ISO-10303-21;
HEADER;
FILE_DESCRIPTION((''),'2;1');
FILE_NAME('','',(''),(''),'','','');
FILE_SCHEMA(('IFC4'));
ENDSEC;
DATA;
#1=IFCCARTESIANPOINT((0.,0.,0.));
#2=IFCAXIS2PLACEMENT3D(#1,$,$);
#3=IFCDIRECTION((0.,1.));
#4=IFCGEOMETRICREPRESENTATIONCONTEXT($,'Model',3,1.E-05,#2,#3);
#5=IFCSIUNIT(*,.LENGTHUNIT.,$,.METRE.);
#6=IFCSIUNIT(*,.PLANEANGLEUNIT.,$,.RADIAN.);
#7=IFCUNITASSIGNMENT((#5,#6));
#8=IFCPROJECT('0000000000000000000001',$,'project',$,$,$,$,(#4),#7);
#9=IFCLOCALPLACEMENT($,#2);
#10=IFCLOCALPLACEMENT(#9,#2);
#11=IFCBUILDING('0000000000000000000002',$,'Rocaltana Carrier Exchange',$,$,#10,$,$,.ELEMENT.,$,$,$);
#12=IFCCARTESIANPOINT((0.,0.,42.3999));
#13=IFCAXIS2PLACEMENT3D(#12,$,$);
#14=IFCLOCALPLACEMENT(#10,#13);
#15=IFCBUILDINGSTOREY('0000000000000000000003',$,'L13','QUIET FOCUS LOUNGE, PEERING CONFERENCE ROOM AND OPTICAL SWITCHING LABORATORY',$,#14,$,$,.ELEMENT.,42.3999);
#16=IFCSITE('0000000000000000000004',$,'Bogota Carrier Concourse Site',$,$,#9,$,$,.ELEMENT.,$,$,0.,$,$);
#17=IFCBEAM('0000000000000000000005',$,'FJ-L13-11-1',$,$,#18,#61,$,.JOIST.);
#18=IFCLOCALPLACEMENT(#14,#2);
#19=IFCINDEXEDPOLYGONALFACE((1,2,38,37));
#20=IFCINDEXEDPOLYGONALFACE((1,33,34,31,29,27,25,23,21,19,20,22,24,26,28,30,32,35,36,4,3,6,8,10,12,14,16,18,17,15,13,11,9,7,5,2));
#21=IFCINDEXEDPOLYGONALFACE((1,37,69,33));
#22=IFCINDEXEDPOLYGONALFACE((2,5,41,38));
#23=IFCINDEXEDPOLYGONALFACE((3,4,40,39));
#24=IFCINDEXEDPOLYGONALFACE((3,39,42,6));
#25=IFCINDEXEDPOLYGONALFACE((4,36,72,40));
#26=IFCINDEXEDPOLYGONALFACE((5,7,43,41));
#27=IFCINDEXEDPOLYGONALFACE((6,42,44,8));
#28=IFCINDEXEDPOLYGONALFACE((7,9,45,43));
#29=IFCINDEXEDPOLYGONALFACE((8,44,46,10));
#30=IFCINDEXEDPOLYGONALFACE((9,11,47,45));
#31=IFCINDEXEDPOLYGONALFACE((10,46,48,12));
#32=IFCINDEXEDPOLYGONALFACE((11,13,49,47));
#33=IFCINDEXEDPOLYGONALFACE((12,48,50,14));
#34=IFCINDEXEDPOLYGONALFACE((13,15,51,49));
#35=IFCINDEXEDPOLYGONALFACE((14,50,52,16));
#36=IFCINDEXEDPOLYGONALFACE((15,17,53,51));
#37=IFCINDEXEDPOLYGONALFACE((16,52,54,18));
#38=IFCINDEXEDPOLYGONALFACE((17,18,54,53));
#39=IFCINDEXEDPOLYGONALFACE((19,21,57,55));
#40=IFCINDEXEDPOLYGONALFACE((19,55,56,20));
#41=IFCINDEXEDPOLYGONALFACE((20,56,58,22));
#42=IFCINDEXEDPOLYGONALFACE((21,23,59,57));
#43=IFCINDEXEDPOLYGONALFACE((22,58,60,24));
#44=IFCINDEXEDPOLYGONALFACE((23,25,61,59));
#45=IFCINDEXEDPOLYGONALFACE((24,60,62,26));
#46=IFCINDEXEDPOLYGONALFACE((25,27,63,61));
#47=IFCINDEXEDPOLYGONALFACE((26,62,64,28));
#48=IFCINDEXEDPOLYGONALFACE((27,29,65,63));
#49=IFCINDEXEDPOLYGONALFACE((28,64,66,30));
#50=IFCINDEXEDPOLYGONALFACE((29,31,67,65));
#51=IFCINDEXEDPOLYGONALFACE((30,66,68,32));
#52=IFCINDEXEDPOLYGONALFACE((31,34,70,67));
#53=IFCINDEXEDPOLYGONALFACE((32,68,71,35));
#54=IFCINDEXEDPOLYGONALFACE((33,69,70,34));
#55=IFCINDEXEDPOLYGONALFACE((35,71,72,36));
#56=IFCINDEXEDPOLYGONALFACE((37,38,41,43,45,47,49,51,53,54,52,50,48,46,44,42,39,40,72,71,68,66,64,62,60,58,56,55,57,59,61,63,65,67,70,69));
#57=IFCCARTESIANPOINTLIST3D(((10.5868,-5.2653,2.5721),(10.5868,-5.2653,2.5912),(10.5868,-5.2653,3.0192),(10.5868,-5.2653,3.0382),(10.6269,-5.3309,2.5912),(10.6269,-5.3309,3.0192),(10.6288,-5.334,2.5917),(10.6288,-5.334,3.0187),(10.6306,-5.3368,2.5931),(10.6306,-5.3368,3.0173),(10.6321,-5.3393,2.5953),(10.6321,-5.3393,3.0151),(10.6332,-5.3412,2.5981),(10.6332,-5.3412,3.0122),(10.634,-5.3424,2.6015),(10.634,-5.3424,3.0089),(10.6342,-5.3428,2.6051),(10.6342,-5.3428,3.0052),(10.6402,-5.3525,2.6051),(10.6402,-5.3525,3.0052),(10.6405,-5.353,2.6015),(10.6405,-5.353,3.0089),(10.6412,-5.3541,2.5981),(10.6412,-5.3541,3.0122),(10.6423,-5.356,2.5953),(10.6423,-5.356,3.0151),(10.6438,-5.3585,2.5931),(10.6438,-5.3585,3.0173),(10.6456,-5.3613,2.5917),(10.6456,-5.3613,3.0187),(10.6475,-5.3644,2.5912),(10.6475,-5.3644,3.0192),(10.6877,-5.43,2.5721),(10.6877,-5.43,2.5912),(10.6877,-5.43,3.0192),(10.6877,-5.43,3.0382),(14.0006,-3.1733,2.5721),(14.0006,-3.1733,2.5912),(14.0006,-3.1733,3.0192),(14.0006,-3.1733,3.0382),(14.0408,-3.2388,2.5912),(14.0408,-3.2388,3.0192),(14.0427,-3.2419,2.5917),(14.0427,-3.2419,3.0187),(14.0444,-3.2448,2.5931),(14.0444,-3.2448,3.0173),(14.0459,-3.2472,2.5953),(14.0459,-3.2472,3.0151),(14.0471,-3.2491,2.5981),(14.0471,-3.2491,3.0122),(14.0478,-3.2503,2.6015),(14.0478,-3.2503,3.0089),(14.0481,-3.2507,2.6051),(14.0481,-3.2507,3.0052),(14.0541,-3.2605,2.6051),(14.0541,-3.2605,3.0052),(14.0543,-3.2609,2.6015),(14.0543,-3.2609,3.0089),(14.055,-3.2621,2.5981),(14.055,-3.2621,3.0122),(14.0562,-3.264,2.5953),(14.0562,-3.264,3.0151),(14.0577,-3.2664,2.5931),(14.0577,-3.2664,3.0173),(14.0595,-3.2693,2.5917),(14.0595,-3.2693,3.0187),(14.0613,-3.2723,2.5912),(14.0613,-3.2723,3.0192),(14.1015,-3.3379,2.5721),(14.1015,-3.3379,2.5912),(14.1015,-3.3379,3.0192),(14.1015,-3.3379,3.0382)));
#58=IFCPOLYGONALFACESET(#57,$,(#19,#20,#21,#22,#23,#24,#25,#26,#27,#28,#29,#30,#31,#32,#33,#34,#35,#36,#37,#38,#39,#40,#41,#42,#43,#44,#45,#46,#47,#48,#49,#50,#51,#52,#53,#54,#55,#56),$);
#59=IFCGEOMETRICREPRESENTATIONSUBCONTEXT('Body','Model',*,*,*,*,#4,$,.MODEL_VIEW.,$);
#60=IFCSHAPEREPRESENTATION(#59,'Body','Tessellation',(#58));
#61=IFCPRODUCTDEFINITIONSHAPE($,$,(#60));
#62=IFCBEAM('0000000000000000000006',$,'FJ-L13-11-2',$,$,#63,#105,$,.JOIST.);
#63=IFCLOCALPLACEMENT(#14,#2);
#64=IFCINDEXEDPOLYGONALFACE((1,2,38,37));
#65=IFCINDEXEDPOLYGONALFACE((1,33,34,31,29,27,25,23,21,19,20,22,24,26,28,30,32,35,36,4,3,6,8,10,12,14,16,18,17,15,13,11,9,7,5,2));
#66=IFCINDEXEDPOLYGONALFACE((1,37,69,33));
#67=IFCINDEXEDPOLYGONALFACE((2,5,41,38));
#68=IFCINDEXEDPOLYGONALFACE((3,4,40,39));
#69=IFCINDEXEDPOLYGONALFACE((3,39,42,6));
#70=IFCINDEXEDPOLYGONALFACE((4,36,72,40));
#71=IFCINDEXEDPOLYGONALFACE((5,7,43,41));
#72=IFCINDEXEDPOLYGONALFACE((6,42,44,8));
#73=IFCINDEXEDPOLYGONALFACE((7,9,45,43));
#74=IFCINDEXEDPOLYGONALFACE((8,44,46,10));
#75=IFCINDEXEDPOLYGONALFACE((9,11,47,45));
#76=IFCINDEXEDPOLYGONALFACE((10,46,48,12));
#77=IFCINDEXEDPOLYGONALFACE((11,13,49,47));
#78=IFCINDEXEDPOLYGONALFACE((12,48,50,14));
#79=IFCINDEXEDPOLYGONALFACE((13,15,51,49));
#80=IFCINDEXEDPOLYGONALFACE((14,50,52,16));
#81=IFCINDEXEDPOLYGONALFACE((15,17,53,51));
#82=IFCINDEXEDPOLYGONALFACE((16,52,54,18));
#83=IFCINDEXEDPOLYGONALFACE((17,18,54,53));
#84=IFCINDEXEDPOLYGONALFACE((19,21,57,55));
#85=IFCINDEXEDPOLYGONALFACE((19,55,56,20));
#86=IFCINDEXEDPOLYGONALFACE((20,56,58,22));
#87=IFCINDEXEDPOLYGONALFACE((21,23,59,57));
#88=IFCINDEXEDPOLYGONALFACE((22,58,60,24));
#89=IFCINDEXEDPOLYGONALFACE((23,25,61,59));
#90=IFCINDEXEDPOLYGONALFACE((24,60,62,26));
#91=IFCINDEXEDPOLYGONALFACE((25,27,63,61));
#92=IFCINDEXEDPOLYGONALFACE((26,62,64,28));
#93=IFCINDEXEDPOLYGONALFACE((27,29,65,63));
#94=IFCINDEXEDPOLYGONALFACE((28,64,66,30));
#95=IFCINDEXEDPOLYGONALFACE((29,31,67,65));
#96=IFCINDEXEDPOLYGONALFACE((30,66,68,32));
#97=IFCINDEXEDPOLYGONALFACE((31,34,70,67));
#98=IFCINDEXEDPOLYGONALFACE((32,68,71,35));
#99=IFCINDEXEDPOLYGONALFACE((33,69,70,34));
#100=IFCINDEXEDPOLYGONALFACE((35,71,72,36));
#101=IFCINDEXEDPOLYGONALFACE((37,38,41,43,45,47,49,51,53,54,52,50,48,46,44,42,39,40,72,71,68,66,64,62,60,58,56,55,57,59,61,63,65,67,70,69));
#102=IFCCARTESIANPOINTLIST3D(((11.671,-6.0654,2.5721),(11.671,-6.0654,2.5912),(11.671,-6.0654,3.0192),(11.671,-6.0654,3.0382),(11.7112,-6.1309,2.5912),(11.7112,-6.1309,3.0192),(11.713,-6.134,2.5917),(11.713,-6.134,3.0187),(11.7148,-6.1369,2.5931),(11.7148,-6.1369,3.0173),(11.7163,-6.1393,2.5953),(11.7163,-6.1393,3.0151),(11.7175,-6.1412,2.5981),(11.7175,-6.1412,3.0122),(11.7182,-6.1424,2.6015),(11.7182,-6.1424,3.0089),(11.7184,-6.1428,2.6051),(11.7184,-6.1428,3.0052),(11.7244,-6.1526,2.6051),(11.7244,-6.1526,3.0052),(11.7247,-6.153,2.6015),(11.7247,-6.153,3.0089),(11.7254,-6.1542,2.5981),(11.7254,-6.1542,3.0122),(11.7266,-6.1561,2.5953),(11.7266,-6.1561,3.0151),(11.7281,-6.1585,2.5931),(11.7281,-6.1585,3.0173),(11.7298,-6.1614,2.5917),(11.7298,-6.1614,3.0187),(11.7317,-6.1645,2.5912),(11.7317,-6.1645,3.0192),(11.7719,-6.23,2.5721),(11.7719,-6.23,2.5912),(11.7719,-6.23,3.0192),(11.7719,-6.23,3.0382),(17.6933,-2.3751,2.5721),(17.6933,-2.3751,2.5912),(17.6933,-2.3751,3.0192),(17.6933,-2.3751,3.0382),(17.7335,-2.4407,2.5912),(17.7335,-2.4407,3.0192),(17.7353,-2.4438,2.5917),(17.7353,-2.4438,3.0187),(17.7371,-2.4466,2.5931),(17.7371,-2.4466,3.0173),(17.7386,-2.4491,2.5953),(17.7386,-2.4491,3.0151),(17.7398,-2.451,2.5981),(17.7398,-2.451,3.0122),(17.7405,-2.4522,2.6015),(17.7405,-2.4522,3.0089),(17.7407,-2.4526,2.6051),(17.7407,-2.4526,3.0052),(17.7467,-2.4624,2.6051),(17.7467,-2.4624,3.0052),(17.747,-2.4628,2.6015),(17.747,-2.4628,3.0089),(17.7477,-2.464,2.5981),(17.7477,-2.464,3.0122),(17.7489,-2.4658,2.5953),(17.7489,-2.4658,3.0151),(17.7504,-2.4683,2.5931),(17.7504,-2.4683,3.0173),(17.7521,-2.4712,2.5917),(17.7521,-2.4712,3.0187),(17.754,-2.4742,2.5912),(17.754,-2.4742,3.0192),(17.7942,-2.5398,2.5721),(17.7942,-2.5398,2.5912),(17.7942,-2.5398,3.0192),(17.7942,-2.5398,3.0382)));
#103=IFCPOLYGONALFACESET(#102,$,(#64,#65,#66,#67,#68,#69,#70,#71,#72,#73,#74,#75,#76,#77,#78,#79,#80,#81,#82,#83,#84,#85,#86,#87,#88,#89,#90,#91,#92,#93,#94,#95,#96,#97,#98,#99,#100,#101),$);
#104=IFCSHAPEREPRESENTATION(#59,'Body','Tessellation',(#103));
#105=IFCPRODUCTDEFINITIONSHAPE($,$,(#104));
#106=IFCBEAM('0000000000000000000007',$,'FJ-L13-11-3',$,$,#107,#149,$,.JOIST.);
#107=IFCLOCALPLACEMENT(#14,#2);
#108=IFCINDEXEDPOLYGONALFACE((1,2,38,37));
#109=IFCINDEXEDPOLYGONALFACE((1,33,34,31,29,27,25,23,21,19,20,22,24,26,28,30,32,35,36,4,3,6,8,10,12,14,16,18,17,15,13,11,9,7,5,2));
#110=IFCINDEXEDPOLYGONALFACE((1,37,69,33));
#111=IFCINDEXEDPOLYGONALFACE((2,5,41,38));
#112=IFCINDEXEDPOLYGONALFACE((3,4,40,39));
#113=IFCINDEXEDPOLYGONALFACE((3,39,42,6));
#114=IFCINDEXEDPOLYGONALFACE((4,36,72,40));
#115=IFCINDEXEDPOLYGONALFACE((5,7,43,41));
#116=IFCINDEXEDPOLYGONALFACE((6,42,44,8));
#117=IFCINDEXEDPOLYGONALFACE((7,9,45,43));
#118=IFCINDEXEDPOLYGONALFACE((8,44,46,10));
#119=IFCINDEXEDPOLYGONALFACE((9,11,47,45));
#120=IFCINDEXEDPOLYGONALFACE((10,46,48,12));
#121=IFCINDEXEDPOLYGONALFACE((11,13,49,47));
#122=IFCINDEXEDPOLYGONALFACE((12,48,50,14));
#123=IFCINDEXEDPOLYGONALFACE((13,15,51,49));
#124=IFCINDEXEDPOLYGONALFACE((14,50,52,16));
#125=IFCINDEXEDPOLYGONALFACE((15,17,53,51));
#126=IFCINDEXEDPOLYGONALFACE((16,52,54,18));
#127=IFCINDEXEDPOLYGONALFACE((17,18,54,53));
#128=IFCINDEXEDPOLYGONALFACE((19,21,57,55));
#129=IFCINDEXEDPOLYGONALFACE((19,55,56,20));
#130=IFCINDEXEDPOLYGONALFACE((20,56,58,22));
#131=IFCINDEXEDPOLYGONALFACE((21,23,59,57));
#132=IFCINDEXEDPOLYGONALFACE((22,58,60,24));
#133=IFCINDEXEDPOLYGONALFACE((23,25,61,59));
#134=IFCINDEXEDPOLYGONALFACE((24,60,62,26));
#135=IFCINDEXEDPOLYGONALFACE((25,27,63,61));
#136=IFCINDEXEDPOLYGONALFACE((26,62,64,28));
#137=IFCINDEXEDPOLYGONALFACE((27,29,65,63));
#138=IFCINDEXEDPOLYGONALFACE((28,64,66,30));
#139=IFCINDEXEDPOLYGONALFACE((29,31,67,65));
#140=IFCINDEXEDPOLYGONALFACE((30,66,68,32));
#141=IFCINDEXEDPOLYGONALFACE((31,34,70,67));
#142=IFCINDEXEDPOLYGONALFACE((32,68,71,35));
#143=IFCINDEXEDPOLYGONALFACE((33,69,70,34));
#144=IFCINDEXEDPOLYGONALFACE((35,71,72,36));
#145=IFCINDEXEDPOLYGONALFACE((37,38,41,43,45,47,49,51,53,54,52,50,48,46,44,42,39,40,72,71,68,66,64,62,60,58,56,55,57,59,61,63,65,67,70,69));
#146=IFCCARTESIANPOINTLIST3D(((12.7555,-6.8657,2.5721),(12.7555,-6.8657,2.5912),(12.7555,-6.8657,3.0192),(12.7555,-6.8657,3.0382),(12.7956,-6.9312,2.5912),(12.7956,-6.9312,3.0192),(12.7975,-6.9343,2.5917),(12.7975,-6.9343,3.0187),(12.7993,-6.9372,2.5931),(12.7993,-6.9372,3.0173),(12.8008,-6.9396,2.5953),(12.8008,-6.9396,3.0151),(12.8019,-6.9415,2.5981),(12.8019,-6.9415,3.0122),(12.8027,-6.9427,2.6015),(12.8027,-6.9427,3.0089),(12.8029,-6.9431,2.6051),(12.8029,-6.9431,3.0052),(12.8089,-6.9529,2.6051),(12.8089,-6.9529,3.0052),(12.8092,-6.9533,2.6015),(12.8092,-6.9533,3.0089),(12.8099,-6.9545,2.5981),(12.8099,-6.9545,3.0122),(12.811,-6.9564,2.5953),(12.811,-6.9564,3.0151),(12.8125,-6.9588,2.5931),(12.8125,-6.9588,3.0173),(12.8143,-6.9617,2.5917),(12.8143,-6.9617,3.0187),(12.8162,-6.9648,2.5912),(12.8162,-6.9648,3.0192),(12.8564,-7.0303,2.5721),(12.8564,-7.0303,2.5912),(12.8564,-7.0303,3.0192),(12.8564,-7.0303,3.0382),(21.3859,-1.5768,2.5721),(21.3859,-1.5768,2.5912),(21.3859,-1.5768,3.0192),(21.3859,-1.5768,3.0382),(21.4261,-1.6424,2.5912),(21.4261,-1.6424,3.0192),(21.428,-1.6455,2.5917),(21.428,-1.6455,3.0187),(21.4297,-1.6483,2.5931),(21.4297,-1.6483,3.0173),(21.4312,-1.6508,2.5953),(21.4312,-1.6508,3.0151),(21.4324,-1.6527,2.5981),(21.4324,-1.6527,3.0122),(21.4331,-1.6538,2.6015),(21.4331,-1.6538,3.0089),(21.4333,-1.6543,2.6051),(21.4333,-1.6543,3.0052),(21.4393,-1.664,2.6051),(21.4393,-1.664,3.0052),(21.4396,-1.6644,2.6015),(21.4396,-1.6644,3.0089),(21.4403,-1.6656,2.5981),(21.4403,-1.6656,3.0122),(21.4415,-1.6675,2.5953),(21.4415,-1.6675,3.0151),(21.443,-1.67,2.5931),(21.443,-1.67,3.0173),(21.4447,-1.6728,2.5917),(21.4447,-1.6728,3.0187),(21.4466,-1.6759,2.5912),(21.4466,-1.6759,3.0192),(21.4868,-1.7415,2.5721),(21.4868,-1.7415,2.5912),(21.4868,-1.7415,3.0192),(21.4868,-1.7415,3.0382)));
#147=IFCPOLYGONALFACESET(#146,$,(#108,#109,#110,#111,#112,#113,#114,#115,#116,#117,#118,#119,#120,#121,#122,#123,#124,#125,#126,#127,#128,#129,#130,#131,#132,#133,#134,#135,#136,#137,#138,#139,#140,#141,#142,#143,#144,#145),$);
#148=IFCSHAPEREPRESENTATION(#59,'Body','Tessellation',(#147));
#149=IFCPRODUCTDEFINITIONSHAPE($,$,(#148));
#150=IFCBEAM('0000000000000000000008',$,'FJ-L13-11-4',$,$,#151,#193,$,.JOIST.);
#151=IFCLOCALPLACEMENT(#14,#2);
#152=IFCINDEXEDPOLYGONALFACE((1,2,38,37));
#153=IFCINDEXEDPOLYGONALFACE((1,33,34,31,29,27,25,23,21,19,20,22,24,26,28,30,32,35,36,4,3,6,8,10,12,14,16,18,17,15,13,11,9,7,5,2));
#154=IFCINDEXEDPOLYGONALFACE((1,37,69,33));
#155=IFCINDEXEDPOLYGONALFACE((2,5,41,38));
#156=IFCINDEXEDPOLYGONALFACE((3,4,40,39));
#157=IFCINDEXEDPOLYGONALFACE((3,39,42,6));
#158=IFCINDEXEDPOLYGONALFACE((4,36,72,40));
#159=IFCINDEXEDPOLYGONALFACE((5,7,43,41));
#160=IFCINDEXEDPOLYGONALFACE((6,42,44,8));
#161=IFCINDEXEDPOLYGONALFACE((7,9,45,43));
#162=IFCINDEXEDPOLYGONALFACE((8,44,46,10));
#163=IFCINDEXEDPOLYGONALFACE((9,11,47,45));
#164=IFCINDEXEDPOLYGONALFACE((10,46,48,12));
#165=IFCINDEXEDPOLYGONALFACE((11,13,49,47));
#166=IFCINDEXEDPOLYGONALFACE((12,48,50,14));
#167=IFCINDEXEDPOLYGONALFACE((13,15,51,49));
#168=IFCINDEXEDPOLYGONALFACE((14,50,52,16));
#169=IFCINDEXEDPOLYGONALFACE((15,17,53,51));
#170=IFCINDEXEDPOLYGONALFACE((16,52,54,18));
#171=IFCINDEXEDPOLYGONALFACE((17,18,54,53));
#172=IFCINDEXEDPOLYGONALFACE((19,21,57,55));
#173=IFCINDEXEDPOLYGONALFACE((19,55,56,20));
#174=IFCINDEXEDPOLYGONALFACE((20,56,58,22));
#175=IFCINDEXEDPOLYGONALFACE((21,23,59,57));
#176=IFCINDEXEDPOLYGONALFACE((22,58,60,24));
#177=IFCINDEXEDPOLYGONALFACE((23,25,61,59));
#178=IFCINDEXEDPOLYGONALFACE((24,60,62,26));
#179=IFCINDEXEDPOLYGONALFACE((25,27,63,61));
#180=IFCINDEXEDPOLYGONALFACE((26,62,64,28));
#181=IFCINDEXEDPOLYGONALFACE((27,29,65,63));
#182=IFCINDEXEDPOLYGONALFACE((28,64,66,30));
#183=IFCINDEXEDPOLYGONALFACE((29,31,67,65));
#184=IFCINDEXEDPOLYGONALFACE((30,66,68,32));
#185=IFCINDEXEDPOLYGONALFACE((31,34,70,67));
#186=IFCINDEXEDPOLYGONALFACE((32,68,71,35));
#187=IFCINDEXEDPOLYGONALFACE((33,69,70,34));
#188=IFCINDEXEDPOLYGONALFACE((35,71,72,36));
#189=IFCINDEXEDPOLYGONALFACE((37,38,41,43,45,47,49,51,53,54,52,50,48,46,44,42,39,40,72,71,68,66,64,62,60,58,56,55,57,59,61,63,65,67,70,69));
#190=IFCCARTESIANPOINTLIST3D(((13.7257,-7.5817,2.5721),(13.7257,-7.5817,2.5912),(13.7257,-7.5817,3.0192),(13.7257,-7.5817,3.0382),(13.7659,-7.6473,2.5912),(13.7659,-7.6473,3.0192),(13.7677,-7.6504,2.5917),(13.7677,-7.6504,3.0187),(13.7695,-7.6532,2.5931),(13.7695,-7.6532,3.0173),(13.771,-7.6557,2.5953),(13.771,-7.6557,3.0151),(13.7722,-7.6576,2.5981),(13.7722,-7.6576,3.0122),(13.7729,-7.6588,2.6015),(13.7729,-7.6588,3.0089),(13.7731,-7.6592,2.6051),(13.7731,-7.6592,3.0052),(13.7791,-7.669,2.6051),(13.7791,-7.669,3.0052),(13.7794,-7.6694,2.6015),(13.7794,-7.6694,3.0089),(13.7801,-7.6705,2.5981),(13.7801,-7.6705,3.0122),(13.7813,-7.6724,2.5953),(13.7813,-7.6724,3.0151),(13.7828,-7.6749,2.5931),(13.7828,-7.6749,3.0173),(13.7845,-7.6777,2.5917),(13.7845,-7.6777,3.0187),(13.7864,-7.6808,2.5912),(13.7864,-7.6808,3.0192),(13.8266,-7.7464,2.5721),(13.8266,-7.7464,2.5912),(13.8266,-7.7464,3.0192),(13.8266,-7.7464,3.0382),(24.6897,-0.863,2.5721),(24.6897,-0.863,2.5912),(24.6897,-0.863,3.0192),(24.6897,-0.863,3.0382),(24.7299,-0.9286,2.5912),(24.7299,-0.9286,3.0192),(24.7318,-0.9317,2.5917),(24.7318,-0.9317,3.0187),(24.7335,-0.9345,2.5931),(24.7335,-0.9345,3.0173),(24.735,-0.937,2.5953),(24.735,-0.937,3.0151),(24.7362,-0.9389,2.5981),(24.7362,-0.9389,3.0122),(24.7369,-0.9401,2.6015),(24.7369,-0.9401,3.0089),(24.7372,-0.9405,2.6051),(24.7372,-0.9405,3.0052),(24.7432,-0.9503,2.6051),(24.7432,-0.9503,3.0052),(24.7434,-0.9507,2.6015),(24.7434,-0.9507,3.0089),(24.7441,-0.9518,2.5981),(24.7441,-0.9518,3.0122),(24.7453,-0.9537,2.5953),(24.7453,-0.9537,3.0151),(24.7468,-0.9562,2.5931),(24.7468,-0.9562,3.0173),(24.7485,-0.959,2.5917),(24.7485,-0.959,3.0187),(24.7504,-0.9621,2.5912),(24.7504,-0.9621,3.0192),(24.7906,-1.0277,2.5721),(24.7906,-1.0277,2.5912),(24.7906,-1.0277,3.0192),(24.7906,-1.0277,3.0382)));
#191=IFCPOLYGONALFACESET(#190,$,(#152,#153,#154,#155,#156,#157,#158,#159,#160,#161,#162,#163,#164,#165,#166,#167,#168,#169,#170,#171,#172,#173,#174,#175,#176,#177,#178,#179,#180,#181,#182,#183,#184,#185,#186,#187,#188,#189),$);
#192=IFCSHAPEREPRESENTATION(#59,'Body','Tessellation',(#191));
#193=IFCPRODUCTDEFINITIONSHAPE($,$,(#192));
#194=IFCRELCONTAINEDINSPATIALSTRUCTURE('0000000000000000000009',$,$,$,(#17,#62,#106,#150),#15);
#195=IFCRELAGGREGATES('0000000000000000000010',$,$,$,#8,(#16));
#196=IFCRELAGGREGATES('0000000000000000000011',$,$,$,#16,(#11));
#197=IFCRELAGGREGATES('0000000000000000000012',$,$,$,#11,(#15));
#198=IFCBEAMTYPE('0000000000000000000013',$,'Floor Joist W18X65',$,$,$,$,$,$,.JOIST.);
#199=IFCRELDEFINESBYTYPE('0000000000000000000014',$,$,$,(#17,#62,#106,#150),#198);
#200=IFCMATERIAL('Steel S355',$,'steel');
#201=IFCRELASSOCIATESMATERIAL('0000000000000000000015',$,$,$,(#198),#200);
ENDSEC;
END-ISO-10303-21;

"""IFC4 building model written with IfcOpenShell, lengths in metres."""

from ifc_helpers import new_model, si_unit, direction, frame, origin, origin_2d, place, context, subcontext, project, spatial, i_section, extrude, material, material_profile, profile_set, type_object, element, save


model = new_model("IFC4")

# Units and contexts
model_context = context("Model", 3, precision=1e-05, world=origin(), true_north=direction((0.0, 1.0)))
body_context = subcontext(model_context, "Body", "Model", "MODEL_VIEW")
ifc_project = project(units=[si_unit("LENGTHUNIT", "METRE"), si_unit("PLANEANGLEUNIT", "RADIAN")], contexts=[model_context])

# Site, building, storey
site_placement = place(None, origin())
site = spatial("IfcSite", under=ifc_project, at=site_placement, Name="Bogota Carrier Concourse Site", CompositionType="ELEMENT", RefElevation=0.0)
building_placement = place(site_placement, origin())
building = spatial("IfcBuilding", under=site, at=building_placement, Name="Rocaltana Carrier Exchange", CompositionType="ELEMENT")
storey_placement = place(building_placement, frame((0.0, 0.0, 42.3999)))
storey = spatial("IfcBuildingStorey", under=building, at=storey_placement, Name="L13", Description="QUIET FOCUS LOUNGE, PEERING CONFERENCE ROOM AND OPTICAL SWITCHING LABORATORY", CompositionType="ELEMENT", Elevation=42.3999)

# Beams
ifc_material_1 = material(Name="Steel S355", Category="steel")
ifc_material_profile_1 = material_profile(ifc_material_1, i_section(OverallWidth=0.1931, OverallDepth=0.4661, WebThickness=0.0115, FlangeThickness=0.019, FilletRadius=0.0139, at=origin_2d()), Name="W18X65")
ifc_profile_set_1 = profile_set([ifc_material_profile_1], Name="Steel S355")
beam_type_1 = type_object("IfcBeamType", Name="Floor Joist W18X65", PredefinedType="JOIST", material=ifc_profile_set_1)
beam_1_placement = place(storey_placement, frame((10.6372, -5.3477, 2.8052), z_axis=(0.852635, 0.522508, 0.0), x_axis=(-0.522508, 0.852635, 0.0)))
element("IfcBeam", 1, at=beam_1_placement, inside=storey, type_object=beam_type_1, Name="FJ-L13-11-1", PredefinedType="JOIST", context=body_context, shape_type="SweptSolid", body=[
    extrude(i_section(OverallWidth=0.1931, OverallDepth=0.4661, WebThickness=0.0115, FlangeThickness=0.019, FilletRadius=0.0139, at=origin_2d()), origin(), (0.0, 0.0, 1.0), 4.0039),
])
beam_2_placement = place(storey_placement, frame((11.7214, -6.1477, 2.8052), z_axis=(0.852655, 0.522475, 0.0), x_axis=(-0.522475, 0.852655, 0.0)))
element("IfcBeam", 2, at=beam_2_placement, inside=storey, type_object=beam_type_1, Name="FJ-L13-11-2", PredefinedType="JOIST", context=body_context, shape_type="SweptSolid", body=[
    extrude(i_section(OverallWidth=0.1931, OverallDepth=0.4661, WebThickness=0.0115, FlangeThickness=0.019, FilletRadius=0.0139, at=origin_2d()), origin(), (0.0, 0.0, 1.0), 7.063),
])
beam_3_placement = place(storey_placement, frame((12.8059, -6.948, 2.8052), z_axis=(0.852635, 0.522507, 0.0), x_axis=(-0.522507, 0.852635, 0.0)))
element("IfcBeam", 3, at=beam_3_placement, inside=storey, type_object=beam_type_1, Name="FJ-L13-11-3", PredefinedType="JOIST", context=body_context, shape_type="SweptSolid", body=[
    extrude(i_section(OverallWidth=0.1931, OverallDepth=0.4661, WebThickness=0.0115, FlangeThickness=0.019, FilletRadius=0.0139, at=origin_2d()), origin(), (0.0, 0.0, 1.0), 10.1221),
])
beam_4_placement = place(storey_placement, frame((13.7761, -7.6641, 2.8052), z_axis=(0.852642, 0.522495, 0.0), x_axis=(-0.522495, 0.852642, 0.0)))
element("IfcBeam", 4, at=beam_4_placement, inside=storey, type_object=beam_type_1, Name="FJ-L13-11-4", PredefinedType="JOIST", context=body_context, shape_type="SweptSolid", body=[
    extrude(i_section(OverallWidth=0.1931, OverallDepth=0.4661, WebThickness=0.0115, FlangeThickness=0.019, FilletRadius=0.0139, at=origin_2d()), origin(), (0.0, 0.0, 1.0), 12.8589),
])

save(model, "model.ifc")
